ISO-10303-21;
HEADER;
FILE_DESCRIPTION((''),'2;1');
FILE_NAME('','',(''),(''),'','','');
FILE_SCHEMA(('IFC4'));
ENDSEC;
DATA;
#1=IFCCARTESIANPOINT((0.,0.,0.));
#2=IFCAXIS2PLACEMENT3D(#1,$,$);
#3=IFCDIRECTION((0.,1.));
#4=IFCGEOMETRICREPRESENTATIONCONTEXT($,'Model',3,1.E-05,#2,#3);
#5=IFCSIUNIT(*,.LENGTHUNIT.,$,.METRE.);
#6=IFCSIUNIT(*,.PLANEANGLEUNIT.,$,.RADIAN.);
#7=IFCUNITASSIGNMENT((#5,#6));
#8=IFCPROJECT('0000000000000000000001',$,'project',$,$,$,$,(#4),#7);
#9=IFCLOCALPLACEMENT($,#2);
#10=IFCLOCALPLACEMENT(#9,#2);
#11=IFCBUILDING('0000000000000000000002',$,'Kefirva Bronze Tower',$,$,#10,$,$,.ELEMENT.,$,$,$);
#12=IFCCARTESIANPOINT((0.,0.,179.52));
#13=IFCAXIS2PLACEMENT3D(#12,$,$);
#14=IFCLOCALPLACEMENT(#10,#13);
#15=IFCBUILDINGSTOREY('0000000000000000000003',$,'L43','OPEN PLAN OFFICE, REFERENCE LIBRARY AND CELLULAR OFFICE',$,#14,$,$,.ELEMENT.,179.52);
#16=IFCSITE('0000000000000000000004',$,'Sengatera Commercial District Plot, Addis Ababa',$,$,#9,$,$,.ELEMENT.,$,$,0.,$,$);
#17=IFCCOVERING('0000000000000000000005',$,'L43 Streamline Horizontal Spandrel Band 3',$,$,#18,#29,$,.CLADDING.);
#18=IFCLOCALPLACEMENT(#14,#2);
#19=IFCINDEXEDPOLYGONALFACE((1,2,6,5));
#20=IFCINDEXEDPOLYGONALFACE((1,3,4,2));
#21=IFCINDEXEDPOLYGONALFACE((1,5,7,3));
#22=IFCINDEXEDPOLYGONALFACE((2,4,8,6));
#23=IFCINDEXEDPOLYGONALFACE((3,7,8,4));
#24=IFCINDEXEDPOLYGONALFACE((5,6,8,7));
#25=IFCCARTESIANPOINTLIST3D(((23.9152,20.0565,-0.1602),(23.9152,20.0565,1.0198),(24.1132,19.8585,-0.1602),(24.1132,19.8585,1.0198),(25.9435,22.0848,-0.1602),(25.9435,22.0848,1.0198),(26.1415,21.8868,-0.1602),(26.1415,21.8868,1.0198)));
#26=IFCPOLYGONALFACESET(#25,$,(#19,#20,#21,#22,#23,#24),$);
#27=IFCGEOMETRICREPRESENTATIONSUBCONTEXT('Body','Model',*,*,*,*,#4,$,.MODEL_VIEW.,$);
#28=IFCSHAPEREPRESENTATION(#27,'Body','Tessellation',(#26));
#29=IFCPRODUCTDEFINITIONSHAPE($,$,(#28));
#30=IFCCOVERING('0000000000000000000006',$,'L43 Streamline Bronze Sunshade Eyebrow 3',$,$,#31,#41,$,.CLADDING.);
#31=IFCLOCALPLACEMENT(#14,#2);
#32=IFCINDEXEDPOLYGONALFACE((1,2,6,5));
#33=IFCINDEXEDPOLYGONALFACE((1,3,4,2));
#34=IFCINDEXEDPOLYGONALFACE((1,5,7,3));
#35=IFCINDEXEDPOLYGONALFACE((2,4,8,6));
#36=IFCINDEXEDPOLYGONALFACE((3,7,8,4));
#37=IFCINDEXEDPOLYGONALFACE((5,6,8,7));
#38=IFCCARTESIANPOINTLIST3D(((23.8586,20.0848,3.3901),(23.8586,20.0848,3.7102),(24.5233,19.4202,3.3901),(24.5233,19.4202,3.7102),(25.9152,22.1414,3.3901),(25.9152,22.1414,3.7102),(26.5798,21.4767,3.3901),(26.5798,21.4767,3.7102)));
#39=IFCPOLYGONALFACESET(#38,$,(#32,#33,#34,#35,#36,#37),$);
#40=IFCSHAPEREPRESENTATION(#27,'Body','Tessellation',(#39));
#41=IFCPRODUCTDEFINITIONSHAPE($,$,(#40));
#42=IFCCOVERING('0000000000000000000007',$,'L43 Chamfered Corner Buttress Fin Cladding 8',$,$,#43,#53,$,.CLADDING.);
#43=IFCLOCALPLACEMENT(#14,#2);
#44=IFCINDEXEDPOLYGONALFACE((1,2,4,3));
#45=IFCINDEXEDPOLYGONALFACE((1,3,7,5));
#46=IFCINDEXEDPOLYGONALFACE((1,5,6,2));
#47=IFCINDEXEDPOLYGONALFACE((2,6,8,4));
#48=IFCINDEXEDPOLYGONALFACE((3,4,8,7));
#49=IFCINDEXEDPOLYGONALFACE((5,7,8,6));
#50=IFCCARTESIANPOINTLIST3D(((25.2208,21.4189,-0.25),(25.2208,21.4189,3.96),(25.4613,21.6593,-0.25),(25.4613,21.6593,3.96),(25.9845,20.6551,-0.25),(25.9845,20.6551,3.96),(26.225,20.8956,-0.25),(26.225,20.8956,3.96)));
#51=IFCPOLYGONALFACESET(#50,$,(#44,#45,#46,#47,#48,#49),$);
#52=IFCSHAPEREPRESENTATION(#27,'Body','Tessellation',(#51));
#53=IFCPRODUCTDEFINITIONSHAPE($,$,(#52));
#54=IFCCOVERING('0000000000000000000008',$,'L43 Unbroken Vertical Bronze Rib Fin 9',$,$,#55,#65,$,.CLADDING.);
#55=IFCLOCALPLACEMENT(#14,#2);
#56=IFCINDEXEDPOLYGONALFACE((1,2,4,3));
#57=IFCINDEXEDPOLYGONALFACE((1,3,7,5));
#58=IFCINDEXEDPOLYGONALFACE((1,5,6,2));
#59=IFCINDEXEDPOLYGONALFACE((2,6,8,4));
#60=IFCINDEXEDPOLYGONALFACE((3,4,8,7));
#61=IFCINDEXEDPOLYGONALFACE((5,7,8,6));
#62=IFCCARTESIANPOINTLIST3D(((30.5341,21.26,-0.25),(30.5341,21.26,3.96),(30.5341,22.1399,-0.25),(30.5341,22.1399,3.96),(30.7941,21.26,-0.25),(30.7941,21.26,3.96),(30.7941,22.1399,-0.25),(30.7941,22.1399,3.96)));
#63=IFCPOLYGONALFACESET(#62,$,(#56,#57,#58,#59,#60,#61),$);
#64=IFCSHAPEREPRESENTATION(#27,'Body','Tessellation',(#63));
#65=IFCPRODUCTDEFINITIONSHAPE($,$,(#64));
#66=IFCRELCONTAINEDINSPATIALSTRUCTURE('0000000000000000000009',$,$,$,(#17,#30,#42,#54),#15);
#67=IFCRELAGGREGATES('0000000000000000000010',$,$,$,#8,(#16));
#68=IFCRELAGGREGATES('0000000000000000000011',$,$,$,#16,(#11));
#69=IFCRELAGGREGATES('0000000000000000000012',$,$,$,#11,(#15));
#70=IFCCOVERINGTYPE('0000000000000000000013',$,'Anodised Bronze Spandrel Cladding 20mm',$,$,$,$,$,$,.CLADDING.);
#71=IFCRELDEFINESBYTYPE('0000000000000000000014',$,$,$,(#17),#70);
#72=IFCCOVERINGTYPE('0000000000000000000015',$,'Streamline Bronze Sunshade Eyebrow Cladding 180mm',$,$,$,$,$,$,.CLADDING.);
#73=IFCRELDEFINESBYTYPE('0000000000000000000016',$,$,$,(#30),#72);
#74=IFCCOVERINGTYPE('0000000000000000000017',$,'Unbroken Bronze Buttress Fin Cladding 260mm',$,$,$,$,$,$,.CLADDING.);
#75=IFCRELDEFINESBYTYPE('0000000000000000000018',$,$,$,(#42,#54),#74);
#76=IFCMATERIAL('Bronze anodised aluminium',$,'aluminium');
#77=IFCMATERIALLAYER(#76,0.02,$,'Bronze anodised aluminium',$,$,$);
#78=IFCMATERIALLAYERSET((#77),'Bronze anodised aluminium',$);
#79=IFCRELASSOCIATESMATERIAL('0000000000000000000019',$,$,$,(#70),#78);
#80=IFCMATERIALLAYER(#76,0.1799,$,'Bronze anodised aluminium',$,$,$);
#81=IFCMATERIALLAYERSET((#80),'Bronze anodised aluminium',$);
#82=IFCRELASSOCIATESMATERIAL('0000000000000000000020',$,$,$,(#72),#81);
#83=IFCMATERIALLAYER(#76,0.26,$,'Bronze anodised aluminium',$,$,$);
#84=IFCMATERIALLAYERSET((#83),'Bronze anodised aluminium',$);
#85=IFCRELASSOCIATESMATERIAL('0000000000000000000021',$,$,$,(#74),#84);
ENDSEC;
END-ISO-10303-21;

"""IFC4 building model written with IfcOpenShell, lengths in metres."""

from ifc_helpers import new_model, si_unit, direction, frame, origin, origin_2d, place, context, subcontext, project, spatial, rectangle, extrude, material, layer, layer_set, type_object, element, save


model = new_model("IFC4")

# Units and contexts
model_context = context("Model", 3, precision=1e-05, world=origin(), true_north=direction((0.0, 1.0)))
body_context = subcontext(model_context, "Body", "Model", "MODEL_VIEW")
ifc_project = project(units=[si_unit("LENGTHUNIT", "METRE"), si_unit("PLANEANGLEUNIT", "RADIAN")], contexts=[model_context])

# Site, building, storey
site_placement = place(None, origin())
site = spatial("IfcSite", under=ifc_project, at=site_placement, Name="Sengatera Commercial District Plot, Addis Ababa", CompositionType="ELEMENT", RefElevation=0.0)
building_placement = place(site_placement, origin())
building = spatial("IfcBuilding", under=site, at=building_placement, Name="Kefirva Bronze Tower", CompositionType="ELEMENT")
storey_placement = place(building_placement, frame((0.0, 0.0, 179.52)))
storey = spatial("IfcBuildingStorey", under=building, at=storey_placement, Name="L43", Description="OPEN PLAN OFFICE, REFERENCE LIBRARY AND CELLULAR OFFICE", CompositionType="ELEMENT", Elevation=179.52)

# Shared definitions
ifc_material_1 = material(Name="Bronze anodised aluminium", Category="aluminium")

# Coverings
ifc_layer_1 = layer(ifc_material_1, 0.02, Name="Bronze anodised aluminium")
ifc_layer_set_1 = layer_set([ifc_layer_1], Name="Bronze anodised aluminium")
covering_type_1 = type_object("IfcCoveringType", Name="Anodised Bronze Spandrel Cladding 20mm", PredefinedType="CLADDING", material=ifc_layer_set_1)
covering_1_placement = place(storey_placement, frame((25.0283, 20.9717, -0.1602), z_axis=(0.0, 0.0, 1.0), x_axis=(0.707107, 0.707107, 0.0)))
element("IfcCovering", 1, at=covering_1_placement, inside=storey, type_object=covering_type_1, Name="L43 Streamline Horizontal Spandrel Band 3", PredefinedType="CLADDING", context=body_context, shape_type="SweptSolid", body=[
    extrude(rectangle(XDim=2.8684, YDim=0.28, at=origin_2d()), origin(), (0.0, 0.0, 1.0), 1.1799),
])
ifc_layer_2 = layer(ifc_material_1, 0.1799, Name="Bronze anodised aluminium")
ifc_layer_set_2 = layer_set([ifc_layer_2], Name="Bronze anodised aluminium")
covering_type_2 = type_object("IfcCoveringType", Name="Streamline Bronze Sunshade Eyebrow Cladding 180mm", PredefinedType="CLADDING", material=ifc_layer_set_2)
covering_2_placement = place(storey_placement, frame((25.2192, 20.7808, 3.3901), z_axis=(0.0, 0.0, 1.0), x_axis=(0.707107, 0.707107, 0.0)))
element("IfcCovering", 2, at=covering_2_placement, inside=storey, type_object=covering_type_2, Name="L43 Streamline Bronze Sunshade Eyebrow 3", PredefinedType="CLADDING", context=body_context, shape_type="SweptSolid", body=[
    extrude(rectangle(XDim=2.9084, YDim=0.9399, at=origin_2d()), origin(), (0.0, 0.0, 1.0), 0.3201),
])
ifc_layer_3 = layer(ifc_material_1, 0.26, Name="Bronze anodised aluminium")
ifc_layer_set_3 = layer_set([ifc_layer_3], Name="Bronze anodised aluminium")
covering_type_3 = type_object("IfcCoveringType", Name="Unbroken Bronze Buttress Fin Cladding 260mm", PredefinedType="CLADDING", material=ifc_layer_set_3)
covering_3_placement = place(storey_placement, frame((25.7229, 21.1572, -0.25), z_axis=(0.0, 0.0, 1.0), x_axis=(0.707107, 0.707107, 0.0)))
element("IfcCovering", 3, at=covering_3_placement, inside=storey, type_object=covering_type_3, Name="L43 Chamfered Corner Buttress Fin Cladding 8", PredefinedType="CLADDING", context=body_context, shape_type="SweptSolid", body=[
    extrude(rectangle(XDim=0.3401, YDim=1.0801, at=origin_2d()), origin(), (0.0, 0.0, 1.0), 4.21),
])
covering_4_placement = place(storey_placement, frame((30.6641, 21.7, -0.25), z_axis=(0.0, 0.0, 1.0), x_axis=(1.0, 0.0, 0.0)))
element("IfcCovering", 4, at=covering_4_placement, inside=storey, type_object=covering_type_3, Name="L43 Unbroken Vertical Bronze Rib Fin 9", PredefinedType="CLADDING", context=body_context, shape_type="SweptSolid", body=[
    extrude(rectangle(XDim=0.26, YDim=0.8799, at=origin_2d()), origin(), (0.0, 0.0, 1.0), 4.21),
])

save(model, "model.ifc")
